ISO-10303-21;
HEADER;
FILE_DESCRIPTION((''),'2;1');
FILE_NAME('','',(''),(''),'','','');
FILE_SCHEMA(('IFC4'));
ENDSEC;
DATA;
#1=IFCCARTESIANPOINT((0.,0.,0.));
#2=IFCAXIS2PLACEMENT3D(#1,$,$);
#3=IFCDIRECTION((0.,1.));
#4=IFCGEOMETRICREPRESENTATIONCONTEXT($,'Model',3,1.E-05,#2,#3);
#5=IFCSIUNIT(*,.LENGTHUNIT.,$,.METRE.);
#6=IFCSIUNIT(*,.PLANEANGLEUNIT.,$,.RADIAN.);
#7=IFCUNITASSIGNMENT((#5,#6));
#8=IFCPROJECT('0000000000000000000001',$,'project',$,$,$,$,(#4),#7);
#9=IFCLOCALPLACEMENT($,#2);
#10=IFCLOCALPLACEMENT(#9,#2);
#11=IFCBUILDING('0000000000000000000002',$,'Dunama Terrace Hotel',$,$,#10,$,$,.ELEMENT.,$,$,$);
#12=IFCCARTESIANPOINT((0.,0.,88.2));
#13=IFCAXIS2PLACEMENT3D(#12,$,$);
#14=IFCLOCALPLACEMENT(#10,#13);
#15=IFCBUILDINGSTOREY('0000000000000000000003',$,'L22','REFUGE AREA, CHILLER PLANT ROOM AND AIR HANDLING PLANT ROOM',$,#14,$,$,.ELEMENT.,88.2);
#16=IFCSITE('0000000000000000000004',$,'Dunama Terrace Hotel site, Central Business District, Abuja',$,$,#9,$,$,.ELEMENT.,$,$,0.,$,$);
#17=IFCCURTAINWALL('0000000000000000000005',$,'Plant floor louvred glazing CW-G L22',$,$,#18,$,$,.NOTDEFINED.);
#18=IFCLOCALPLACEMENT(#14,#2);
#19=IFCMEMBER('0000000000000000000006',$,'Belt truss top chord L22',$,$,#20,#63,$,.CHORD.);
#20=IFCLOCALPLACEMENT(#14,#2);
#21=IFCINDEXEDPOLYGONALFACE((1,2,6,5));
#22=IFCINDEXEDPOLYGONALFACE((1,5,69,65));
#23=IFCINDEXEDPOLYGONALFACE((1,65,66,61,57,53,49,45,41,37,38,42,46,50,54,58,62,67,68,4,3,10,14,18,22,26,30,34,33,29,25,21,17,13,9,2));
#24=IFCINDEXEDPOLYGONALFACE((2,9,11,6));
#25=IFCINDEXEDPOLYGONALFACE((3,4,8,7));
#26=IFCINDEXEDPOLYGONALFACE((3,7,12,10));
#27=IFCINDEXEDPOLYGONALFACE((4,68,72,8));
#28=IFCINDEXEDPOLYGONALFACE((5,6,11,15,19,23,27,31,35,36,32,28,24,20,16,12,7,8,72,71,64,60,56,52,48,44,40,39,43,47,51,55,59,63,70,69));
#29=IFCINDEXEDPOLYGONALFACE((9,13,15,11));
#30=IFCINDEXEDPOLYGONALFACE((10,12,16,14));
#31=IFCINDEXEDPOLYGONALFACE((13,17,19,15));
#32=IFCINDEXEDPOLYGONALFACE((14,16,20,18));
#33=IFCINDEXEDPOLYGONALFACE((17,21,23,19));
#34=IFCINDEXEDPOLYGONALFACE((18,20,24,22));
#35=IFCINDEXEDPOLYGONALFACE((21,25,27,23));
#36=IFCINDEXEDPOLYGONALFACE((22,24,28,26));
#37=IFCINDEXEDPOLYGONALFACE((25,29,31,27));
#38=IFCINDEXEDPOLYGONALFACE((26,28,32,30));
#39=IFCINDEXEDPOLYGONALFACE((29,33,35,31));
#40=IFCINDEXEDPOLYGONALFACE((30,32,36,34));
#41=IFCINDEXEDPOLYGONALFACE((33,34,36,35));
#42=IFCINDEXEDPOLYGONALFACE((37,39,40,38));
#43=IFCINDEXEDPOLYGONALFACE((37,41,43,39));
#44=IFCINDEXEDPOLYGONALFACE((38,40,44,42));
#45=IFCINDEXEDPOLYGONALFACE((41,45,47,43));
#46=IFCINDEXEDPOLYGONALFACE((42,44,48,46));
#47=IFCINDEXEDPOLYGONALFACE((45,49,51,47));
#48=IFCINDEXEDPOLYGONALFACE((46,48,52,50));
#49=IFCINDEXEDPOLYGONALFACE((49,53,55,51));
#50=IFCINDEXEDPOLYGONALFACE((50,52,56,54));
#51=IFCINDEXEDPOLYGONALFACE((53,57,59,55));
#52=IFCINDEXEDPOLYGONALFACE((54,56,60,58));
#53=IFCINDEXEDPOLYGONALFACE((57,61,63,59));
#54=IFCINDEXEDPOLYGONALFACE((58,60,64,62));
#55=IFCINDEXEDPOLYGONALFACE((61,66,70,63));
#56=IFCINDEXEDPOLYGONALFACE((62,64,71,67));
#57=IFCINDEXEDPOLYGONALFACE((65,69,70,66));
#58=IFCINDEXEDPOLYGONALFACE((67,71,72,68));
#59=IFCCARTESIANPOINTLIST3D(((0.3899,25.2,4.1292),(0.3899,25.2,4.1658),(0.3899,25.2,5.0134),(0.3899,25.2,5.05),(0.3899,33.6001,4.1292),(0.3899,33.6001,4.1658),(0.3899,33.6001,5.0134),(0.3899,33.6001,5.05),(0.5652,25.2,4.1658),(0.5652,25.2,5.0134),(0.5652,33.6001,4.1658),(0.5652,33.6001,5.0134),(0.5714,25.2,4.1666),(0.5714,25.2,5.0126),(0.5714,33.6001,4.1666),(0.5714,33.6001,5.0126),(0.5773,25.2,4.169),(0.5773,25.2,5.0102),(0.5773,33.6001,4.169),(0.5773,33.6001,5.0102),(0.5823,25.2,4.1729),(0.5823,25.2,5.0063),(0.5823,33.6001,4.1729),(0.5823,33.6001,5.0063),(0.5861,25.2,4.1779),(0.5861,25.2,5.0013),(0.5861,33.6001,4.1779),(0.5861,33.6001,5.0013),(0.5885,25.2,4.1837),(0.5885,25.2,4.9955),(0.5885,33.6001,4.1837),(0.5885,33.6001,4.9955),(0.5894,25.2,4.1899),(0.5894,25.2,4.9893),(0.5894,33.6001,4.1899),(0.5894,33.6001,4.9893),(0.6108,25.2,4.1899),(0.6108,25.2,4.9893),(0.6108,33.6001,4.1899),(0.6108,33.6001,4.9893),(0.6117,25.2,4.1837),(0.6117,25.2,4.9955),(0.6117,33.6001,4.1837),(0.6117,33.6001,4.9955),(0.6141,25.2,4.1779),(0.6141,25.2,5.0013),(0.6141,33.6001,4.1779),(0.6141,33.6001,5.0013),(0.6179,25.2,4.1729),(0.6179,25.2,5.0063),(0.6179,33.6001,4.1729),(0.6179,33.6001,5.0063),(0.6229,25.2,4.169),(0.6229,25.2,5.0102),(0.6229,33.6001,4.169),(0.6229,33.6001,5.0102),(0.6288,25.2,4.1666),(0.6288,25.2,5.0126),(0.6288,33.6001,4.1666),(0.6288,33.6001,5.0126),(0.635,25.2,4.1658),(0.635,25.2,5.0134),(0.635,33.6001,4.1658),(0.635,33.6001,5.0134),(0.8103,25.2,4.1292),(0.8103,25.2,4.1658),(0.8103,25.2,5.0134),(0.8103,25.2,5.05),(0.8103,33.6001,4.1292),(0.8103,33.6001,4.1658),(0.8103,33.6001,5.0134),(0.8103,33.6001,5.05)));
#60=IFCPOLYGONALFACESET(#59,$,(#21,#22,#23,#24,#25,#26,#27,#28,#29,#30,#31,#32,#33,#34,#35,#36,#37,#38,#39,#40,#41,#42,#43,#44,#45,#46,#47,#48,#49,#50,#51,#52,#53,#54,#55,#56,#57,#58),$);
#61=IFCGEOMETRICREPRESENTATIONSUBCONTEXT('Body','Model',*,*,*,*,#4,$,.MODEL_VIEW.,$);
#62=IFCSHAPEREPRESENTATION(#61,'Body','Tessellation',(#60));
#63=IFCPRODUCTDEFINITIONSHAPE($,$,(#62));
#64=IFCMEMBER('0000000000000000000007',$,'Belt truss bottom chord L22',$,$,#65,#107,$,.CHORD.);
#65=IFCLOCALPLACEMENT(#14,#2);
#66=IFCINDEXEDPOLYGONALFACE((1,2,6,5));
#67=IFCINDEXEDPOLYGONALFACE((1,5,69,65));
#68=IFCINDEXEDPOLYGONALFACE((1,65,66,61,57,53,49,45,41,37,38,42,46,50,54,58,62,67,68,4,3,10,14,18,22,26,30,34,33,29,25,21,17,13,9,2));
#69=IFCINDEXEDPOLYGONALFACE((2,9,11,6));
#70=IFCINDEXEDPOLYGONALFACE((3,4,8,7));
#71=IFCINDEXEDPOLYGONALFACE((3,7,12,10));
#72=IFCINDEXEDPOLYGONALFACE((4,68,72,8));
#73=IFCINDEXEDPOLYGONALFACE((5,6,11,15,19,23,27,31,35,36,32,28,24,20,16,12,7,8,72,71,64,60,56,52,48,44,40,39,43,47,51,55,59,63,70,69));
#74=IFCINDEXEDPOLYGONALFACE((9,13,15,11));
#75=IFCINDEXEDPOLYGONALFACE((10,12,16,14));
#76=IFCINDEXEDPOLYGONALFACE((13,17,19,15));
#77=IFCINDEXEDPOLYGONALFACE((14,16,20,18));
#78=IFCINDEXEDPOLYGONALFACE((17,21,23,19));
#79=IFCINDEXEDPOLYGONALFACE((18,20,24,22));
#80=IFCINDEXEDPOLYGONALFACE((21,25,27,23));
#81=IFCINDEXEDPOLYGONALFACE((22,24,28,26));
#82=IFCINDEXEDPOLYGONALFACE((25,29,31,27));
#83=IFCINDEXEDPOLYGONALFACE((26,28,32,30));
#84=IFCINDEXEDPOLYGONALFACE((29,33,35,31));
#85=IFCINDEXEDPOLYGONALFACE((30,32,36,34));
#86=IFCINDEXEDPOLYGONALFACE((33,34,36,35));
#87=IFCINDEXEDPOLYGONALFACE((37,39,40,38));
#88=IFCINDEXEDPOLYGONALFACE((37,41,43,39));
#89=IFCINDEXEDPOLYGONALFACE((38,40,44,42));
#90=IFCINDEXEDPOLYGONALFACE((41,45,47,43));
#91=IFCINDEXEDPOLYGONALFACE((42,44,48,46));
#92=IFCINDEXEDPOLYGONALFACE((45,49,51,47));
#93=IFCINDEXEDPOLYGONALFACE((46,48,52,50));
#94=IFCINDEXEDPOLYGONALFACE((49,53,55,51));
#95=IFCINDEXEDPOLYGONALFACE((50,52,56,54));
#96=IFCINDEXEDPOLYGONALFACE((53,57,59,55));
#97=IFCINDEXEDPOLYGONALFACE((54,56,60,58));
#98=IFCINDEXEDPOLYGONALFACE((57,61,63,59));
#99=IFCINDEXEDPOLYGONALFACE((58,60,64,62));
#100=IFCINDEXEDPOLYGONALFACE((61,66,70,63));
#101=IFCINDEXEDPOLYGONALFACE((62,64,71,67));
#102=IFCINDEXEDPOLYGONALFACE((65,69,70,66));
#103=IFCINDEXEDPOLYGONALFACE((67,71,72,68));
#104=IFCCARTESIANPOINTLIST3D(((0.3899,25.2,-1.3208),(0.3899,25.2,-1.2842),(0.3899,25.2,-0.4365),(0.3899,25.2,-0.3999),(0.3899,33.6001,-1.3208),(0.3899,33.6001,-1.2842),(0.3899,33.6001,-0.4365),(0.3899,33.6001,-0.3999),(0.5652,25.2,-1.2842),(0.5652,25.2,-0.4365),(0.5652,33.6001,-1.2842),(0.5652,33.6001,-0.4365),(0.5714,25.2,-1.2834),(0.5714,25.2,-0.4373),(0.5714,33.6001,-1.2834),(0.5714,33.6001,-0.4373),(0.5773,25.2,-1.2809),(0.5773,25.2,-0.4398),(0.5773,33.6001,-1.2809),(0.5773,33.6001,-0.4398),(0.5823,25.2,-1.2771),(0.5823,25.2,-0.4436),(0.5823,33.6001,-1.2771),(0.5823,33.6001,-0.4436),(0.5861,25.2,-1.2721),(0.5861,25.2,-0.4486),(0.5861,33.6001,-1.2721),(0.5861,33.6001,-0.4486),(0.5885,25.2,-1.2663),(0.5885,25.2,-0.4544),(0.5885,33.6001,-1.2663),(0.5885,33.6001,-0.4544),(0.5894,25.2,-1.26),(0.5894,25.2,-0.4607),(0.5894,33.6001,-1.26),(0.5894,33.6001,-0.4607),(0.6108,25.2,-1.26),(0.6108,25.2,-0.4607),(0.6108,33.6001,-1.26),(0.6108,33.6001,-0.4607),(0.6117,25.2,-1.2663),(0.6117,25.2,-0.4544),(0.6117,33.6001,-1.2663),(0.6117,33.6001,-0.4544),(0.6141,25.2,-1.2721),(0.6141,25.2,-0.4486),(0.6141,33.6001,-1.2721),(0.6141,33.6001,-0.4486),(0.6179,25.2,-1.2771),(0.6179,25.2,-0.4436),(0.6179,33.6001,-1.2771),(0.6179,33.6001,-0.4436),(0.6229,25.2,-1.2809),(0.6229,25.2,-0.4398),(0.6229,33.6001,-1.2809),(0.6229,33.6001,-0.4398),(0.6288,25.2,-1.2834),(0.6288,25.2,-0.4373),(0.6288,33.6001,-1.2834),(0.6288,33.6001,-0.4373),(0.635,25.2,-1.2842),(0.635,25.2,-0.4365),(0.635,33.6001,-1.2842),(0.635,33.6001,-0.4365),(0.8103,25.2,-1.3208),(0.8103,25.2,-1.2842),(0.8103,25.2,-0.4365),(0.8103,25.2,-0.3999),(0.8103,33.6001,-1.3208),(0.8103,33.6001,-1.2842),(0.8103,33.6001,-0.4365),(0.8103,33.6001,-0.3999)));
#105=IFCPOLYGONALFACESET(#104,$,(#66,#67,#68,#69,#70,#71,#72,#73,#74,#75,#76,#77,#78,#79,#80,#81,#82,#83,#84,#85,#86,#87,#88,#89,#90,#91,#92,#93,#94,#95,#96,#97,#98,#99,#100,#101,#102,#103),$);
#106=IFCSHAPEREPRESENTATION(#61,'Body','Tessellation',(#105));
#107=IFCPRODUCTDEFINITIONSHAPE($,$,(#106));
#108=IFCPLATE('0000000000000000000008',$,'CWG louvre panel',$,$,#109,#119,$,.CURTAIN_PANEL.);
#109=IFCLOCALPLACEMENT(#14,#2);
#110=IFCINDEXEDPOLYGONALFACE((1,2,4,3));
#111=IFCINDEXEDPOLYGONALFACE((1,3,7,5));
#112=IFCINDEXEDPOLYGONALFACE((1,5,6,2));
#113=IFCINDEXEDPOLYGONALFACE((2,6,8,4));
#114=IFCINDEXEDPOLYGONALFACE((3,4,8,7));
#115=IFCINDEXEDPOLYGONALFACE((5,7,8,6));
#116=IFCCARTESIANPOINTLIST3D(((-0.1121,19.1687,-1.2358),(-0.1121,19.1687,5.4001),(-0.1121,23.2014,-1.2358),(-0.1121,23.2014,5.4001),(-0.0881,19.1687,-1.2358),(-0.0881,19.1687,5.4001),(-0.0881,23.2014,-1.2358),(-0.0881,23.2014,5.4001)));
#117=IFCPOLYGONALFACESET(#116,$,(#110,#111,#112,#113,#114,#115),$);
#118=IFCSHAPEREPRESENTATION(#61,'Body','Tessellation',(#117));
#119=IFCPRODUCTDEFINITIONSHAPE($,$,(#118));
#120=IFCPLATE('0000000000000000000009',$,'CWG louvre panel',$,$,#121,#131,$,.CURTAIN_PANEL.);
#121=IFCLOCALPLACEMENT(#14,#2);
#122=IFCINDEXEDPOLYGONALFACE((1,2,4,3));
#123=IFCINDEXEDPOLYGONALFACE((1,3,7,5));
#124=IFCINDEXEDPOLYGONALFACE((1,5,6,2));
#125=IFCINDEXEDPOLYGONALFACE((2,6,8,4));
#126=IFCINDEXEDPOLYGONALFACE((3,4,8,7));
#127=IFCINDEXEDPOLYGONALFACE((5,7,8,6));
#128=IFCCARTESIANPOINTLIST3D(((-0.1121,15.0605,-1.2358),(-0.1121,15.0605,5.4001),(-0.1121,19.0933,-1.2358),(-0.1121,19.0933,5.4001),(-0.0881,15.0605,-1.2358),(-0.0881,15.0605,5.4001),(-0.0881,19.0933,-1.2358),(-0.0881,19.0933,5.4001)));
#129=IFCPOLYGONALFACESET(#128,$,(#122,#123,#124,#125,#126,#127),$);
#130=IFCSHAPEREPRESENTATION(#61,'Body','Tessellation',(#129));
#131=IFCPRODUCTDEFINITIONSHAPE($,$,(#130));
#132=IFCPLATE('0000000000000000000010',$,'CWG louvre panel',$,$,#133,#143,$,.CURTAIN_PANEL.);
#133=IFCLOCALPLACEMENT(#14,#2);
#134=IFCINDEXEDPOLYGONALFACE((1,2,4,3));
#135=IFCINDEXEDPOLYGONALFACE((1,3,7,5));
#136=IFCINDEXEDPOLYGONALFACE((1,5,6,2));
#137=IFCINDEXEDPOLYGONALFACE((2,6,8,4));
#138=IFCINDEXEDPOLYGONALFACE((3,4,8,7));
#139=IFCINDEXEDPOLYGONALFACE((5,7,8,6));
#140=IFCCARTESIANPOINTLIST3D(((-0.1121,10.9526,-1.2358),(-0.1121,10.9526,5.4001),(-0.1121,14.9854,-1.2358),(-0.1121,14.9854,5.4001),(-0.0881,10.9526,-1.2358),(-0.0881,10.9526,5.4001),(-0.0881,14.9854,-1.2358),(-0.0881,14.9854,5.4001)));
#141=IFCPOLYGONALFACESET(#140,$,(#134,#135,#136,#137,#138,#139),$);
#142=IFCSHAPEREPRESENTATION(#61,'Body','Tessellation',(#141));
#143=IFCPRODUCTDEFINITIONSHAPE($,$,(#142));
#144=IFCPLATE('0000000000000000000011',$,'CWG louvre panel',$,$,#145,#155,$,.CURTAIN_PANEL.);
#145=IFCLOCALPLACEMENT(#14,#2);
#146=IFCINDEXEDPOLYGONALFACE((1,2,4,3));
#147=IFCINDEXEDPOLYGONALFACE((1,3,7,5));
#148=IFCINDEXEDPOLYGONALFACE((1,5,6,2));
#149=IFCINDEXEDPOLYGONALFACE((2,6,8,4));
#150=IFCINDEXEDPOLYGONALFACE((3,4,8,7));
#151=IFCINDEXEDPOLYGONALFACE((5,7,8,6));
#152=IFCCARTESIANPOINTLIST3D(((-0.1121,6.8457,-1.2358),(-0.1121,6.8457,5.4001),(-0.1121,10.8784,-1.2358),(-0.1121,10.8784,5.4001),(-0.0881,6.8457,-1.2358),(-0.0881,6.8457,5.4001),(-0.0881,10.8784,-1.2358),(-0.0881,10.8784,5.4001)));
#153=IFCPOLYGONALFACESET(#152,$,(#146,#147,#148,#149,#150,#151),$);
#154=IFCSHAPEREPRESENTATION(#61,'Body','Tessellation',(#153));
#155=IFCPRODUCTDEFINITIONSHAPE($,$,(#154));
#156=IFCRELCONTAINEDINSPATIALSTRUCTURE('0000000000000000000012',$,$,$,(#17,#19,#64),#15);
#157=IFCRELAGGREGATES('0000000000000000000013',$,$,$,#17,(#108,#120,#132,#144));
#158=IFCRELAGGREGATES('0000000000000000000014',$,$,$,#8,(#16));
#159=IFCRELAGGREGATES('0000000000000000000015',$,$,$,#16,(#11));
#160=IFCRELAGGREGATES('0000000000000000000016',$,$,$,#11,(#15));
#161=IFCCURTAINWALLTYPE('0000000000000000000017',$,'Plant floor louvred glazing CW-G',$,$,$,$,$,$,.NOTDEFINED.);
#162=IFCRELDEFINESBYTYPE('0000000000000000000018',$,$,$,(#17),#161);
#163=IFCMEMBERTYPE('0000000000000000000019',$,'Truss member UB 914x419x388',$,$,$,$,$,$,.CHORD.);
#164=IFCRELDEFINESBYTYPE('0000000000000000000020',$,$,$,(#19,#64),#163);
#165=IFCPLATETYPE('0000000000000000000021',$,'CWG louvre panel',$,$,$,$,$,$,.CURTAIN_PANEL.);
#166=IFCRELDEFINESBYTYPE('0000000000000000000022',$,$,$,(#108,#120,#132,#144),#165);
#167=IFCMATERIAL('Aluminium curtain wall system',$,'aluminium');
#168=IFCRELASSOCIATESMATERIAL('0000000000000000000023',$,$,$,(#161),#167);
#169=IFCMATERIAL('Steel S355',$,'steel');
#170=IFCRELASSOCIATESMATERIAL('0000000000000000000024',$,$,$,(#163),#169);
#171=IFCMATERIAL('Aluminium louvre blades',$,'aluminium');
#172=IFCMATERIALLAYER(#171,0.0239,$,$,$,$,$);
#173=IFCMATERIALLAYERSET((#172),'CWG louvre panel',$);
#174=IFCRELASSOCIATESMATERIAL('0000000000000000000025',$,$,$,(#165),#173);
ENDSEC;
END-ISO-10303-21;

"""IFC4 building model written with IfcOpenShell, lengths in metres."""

from ifc_helpers import new_model, si_unit, direction, frame, origin, origin_2d, place, context, subcontext, project, spatial, rectangle, i_section, extrude, material, layer, layer_set, material_profile, profile_set, type_object, element, aggregate, save


model = new_model("IFC4")

# Units and contexts
model_context = context("Model", 3, precision=1e-05, world=origin(), true_north=direction((0.0, 1.0)))
body_context = subcontext(model_context, "Body", "Model", "MODEL_VIEW")
ifc_project = project(units=[si_unit("LENGTHUNIT", "METRE"), si_unit("PLANEANGLEUNIT", "RADIAN")], contexts=[model_context])

# Site, building, storey
site_placement = place(None, origin())
site = spatial("IfcSite", under=ifc_project, at=site_placement, Name="Dunama Terrace Hotel site, Central Business District, Abuja", CompositionType="ELEMENT", RefElevation=0.0)
building_placement = place(site_placement, origin())
building = spatial("IfcBuilding", under=site, at=building_placement, Name="Dunama Terrace Hotel", CompositionType="ELEMENT")
storey_placement = place(building_placement, frame((0.0, 0.0, 88.2)))
storey = spatial("IfcBuildingStorey", under=building, at=storey_placement, Name="L22", Description="REFUGE AREA, CHILLER PLANT ROOM AND AIR HANDLING PLANT ROOM", CompositionType="ELEMENT", Elevation=88.2)

# Curtain wall
ifc_material_1 = material(Name="Aluminium curtain wall system", Category="aluminium")
curtain_wall_type = type_object("IfcCurtainWallType", Name="Plant floor louvred glazing CW-G", PredefinedType="NOTDEFINED", material=ifc_material_1)
curtain_wall_placement = place(storey_placement, origin())
curtain_wall = element("IfcCurtainWall", 1, at=curtain_wall_placement, inside=storey, type_object=curtain_wall_type, Name="Plant floor louvred glazing CW-G L22", PredefinedType="NOTDEFINED")

# Members
ifc_material_2 = material(Name="Steel S355", Category="steel")
ifc_material_profile_1 = material_profile(ifc_material_2, i_section(OverallWidth=0.4204, OverallDepth=0.9209, WebThickness=0.0215, FlangeThickness=0.0366, FilletRadius=0.0242, at=origin_2d()), Name="UB 914x419x388")
ifc_profile_set_1 = profile_set([ifc_material_profile_1], Name="Steel S355")
member_type_1 = type_object("IfcMemberType", Name="Truss member UB 914x419x388", PredefinedType="CHORD", material=ifc_profile_set_1)
for number, where, z_axis, x_axis, name in (
    (2, (0.6001, 25.2, 4.5896), (0.0, 1.0, 0.0), (-1.0, 0.0, 0.0), "Belt truss top chord L22"),
    (3, (0.6001, 25.2, -0.8604), (0.0, 1.0, 0.0), (-1.0, 0.0, 0.0), "Belt truss bottom chord L22"),
):
    element("IfcMember", number, at=place(storey_placement, frame(where, z_axis=z_axis, x_axis=x_axis)), inside=storey, type_object=member_type_1, Name=name, PredefinedType="CHORD", context=body_context, shape_type="SweptSolid", body=[
        extrude(i_section(OverallWidth=0.4204, OverallDepth=0.9209, WebThickness=0.0215, FlangeThickness=0.0366, FilletRadius=0.0242, at=origin_2d()), origin(), (0.0, 0.0, 1.0), 8.4001),
    ])

# Plates
ifc_material_3 = material(Name="Aluminium louvre blades", Category="aluminium")
ifc_layer = layer(ifc_material_3, 0.0239)
ifc_layer_set = layer_set([ifc_layer], Name="CWG louvre panel")
plate_type = type_object("IfcPlateType", Name="CWG louvre panel", PredefinedType="CURTAIN_PANEL", material=ifc_layer_set)
plate_1_placement = place(storey_placement, frame((-0.1001, 21.1851, -1.2358), z_axis=(0.0, 0.0, 1.0), x_axis=(0.0, -1.0, 0.0)))
plate_1 = element("IfcPlate", 4, at=plate_1_placement, type_object=plate_type, Name="CWG louvre panel", PredefinedType="CURTAIN_PANEL", context=body_context, shape_type="SweptSolid", body=[
    extrude(rectangle(XDim=4.0327, YDim=0.0239, at=origin_2d()), origin(), (0.0, 0.0, 1.0), 6.636),
])
plate_2_placement = place(storey_placement, frame((-0.1001, 17.0769, -1.2358), z_axis=(0.0, 0.0, 1.0), x_axis=(0.0, -1.0, 0.0)))
plate_2 = element("IfcPlate", 5, at=plate_2_placement, type_object=plate_type, Name="CWG louvre panel", PredefinedType="CURTAIN_PANEL", context=body_context, shape_type="SweptSolid", body=[
    extrude(rectangle(XDim=4.0327, YDim=0.0239, at=origin_2d()), origin(), (0.0, 0.0, 1.0), 6.636),
])
plate_3_placement = place(storey_placement, frame((-0.1001, 12.969, -1.2358), z_axis=(0.0, 0.0, 1.0), x_axis=(0.0, -1.0, 0.0)))
plate_3 = element("IfcPlate", 6, at=plate_3_placement, type_object=plate_type, Name="CWG louvre panel", PredefinedType="CURTAIN_PANEL", context=body_context, shape_type="SweptSolid", body=[
    extrude(rectangle(XDim=4.0327, YDim=0.0239, at=origin_2d()), origin(), (0.0, 0.0, 1.0), 6.636),
])
plate_4_placement = place(storey_placement, frame((-0.1001, 8.8621, -1.2358), z_axis=(0.0, 0.0, 1.0), x_axis=(0.0, -1.0, 0.0)))
plate_4 = element("IfcPlate", 7, at=plate_4_placement, type_object=plate_type, Name="CWG louvre panel", PredefinedType="CURTAIN_PANEL", context=body_context, shape_type="SweptSolid", body=[
    extrude(rectangle(XDim=4.0327, YDim=0.0239, at=origin_2d()), origin(), (0.0, 0.0, 1.0), 6.636),
])
aggregate(curtain_wall, [plate_1, plate_2, plate_3, plate_4])

save(model, "model.ifc")
